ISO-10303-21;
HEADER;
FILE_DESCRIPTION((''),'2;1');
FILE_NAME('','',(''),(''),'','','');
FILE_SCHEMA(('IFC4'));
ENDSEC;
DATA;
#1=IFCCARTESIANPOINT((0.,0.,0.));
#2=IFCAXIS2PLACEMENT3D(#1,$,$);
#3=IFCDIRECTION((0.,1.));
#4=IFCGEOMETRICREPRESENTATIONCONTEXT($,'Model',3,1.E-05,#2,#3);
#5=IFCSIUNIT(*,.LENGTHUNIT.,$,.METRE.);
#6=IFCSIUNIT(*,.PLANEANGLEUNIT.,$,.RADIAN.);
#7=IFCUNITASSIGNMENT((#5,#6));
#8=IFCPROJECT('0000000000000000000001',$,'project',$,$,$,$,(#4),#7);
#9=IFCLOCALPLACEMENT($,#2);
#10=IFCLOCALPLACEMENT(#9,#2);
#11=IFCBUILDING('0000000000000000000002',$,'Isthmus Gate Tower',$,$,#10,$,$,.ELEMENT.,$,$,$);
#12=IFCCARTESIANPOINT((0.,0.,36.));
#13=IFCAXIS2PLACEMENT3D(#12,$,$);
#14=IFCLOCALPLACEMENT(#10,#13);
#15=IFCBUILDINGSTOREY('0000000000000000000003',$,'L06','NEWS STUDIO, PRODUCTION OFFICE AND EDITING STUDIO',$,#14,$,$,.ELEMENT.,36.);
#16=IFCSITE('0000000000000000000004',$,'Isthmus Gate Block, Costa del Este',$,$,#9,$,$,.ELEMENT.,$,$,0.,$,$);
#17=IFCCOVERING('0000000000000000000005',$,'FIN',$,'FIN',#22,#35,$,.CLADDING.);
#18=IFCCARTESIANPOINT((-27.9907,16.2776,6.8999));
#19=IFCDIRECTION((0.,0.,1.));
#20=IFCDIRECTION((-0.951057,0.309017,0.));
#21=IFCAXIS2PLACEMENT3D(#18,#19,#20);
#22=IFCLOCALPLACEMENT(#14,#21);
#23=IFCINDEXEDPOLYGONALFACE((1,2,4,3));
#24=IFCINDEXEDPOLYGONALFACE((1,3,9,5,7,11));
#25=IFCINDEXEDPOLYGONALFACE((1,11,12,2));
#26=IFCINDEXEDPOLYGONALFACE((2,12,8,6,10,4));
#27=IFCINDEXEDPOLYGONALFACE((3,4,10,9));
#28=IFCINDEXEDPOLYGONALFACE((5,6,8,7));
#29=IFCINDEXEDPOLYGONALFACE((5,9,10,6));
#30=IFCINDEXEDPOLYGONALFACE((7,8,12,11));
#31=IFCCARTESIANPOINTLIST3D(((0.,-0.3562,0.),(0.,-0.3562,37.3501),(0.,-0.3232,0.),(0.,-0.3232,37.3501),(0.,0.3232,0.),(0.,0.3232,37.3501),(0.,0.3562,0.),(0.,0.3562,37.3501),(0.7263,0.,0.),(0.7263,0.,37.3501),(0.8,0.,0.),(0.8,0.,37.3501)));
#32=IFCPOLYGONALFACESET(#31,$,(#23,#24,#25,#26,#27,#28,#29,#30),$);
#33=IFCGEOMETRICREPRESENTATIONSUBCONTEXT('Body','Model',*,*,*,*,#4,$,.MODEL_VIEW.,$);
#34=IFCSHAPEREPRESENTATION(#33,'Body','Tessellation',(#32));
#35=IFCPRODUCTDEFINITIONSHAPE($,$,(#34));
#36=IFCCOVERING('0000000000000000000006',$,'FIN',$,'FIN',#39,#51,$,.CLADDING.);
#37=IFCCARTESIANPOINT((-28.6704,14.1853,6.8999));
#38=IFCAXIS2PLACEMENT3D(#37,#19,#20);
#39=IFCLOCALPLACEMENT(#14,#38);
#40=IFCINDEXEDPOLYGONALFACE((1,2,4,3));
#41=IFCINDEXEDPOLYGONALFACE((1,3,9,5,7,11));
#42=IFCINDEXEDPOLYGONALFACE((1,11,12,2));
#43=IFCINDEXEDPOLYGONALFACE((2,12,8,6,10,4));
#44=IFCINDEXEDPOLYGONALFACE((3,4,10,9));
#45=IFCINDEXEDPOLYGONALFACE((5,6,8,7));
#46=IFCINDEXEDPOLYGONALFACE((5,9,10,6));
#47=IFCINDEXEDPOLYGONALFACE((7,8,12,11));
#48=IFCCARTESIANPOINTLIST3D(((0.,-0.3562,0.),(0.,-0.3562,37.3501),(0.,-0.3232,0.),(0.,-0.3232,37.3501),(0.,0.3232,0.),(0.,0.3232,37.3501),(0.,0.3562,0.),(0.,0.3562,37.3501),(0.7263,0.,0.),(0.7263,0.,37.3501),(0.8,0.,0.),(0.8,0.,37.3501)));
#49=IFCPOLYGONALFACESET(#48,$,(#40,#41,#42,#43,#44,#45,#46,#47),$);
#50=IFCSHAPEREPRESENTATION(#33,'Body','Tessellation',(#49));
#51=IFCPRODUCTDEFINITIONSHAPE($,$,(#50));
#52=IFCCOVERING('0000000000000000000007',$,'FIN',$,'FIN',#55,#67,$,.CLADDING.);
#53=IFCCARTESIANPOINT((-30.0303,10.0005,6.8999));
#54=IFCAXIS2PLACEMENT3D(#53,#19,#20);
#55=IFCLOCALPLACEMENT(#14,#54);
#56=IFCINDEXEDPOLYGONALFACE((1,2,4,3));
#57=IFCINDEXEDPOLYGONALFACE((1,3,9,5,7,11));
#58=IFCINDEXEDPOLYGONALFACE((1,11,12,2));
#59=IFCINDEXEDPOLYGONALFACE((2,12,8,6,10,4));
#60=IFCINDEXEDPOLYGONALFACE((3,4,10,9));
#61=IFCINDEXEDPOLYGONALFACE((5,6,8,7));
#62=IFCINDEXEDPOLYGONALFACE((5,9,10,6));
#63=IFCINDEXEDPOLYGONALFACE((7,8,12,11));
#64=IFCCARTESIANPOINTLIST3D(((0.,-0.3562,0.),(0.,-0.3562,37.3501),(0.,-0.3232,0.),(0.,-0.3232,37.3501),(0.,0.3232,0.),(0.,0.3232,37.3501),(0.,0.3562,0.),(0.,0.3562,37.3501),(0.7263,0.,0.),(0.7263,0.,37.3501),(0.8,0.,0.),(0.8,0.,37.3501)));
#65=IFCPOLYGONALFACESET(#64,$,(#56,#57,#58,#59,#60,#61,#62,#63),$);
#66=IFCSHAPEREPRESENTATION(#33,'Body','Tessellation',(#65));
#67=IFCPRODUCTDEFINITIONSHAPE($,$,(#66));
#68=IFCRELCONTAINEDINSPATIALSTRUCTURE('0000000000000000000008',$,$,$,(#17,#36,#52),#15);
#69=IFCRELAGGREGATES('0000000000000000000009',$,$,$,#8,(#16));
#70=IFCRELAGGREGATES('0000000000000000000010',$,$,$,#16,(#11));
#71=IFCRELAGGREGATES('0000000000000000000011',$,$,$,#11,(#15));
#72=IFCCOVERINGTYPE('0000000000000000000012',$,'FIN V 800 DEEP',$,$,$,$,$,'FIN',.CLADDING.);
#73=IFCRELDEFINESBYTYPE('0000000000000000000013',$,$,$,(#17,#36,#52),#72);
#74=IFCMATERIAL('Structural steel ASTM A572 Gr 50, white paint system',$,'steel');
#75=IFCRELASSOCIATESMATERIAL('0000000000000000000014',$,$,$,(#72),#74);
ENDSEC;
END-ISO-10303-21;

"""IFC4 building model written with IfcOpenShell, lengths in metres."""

from ifc_helpers import new_model, si_unit, direction, frame, origin, place, context, subcontext, project, spatial, polyline, outline, extrude, material, material_profile, profile_set, type_object, element, save


model = new_model("IFC4")

# Units and contexts
model_context = context("Model", 3, precision=1e-05, world=origin(), true_north=direction((0.0, 1.0)))
body_context = subcontext(model_context, "Body", "Model", "MODEL_VIEW")
ifc_project = project(units=[si_unit("LENGTHUNIT", "METRE"), si_unit("PLANEANGLEUNIT", "RADIAN")], contexts=[model_context])

# Site, building, storey
site_placement = place(None, origin())
site = spatial("IfcSite", under=ifc_project, at=site_placement, Name="Isthmus Gate Block, Costa del Este", CompositionType="ELEMENT", RefElevation=0.0)
building_placement = place(site_placement, origin())
building = spatial("IfcBuilding", under=site, at=building_placement, Name="Isthmus Gate Tower", CompositionType="ELEMENT")
storey_placement = place(building_placement, frame((0.0, 0.0, 36.0)))
storey = spatial("IfcBuildingStorey", under=building, at=storey_placement, Name="L06", Description="NEWS STUDIO, PRODUCTION OFFICE AND EDITING STUDIO", CompositionType="ELEMENT", Elevation=36.0)

# Coverings
ifc_material_1 = material(Name="Structural steel ASTM A572 Gr 50, white paint system", Category="steel")
ifc_material_profile_1 = material_profile(ifc_material_1, outline(polyline([(0.0, -0.3562), (0.8, 0.0), (0.0, 0.3562), (0.0, 0.3232), (0.7263, 0.0), (0.0, -0.3232), (0.0, -0.3562)])), Name="V800")
ifc_profile_set_1 = profile_set([ifc_material_profile_1], Name="Structural steel ASTM A572 Gr 50, white paint system")
covering_type = type_object("IfcCoveringType", Name="FIN V 800 DEEP", ElementType="FIN", PredefinedType="CLADDING", material=ifc_profile_set_1)
for number, where, z_axis, x_axis, name in (
    (1, (-27.9907, 16.2776, 6.8999), (0.0, 0.0, 1.0), (-0.951057, 0.309017, 0.0), "FIN"),
    (2, (-28.6704, 14.1853, 6.8999), (0.0, 0.0, 1.0), (-0.951057, 0.309017, 0.0), "FIN"),
    (3, (-30.0303, 10.0005, 6.8999), (0.0, 0.0, 1.0), (-0.951057, 0.309017, 0.0), "FIN"),
):
    element("IfcCovering", number, at=place(storey_placement, frame(where, z_axis=z_axis, x_axis=x_axis)), inside=storey, type_object=covering_type, Name=name, ObjectType="FIN", PredefinedType="CLADDING", context=body_context, shape_type="SweptSolid", body=[
        extrude(outline(polyline([(0.0, -0.3562), (0.8, 0.0), (0.0, 0.3562), (0.0, 0.3232), (0.7263, 0.0), (0.0, -0.3232), (0.0, -0.3562)])), origin(), (0.0, 0.0, 1.0), 37.3501),
    ])

save(model, "model.ifc")
